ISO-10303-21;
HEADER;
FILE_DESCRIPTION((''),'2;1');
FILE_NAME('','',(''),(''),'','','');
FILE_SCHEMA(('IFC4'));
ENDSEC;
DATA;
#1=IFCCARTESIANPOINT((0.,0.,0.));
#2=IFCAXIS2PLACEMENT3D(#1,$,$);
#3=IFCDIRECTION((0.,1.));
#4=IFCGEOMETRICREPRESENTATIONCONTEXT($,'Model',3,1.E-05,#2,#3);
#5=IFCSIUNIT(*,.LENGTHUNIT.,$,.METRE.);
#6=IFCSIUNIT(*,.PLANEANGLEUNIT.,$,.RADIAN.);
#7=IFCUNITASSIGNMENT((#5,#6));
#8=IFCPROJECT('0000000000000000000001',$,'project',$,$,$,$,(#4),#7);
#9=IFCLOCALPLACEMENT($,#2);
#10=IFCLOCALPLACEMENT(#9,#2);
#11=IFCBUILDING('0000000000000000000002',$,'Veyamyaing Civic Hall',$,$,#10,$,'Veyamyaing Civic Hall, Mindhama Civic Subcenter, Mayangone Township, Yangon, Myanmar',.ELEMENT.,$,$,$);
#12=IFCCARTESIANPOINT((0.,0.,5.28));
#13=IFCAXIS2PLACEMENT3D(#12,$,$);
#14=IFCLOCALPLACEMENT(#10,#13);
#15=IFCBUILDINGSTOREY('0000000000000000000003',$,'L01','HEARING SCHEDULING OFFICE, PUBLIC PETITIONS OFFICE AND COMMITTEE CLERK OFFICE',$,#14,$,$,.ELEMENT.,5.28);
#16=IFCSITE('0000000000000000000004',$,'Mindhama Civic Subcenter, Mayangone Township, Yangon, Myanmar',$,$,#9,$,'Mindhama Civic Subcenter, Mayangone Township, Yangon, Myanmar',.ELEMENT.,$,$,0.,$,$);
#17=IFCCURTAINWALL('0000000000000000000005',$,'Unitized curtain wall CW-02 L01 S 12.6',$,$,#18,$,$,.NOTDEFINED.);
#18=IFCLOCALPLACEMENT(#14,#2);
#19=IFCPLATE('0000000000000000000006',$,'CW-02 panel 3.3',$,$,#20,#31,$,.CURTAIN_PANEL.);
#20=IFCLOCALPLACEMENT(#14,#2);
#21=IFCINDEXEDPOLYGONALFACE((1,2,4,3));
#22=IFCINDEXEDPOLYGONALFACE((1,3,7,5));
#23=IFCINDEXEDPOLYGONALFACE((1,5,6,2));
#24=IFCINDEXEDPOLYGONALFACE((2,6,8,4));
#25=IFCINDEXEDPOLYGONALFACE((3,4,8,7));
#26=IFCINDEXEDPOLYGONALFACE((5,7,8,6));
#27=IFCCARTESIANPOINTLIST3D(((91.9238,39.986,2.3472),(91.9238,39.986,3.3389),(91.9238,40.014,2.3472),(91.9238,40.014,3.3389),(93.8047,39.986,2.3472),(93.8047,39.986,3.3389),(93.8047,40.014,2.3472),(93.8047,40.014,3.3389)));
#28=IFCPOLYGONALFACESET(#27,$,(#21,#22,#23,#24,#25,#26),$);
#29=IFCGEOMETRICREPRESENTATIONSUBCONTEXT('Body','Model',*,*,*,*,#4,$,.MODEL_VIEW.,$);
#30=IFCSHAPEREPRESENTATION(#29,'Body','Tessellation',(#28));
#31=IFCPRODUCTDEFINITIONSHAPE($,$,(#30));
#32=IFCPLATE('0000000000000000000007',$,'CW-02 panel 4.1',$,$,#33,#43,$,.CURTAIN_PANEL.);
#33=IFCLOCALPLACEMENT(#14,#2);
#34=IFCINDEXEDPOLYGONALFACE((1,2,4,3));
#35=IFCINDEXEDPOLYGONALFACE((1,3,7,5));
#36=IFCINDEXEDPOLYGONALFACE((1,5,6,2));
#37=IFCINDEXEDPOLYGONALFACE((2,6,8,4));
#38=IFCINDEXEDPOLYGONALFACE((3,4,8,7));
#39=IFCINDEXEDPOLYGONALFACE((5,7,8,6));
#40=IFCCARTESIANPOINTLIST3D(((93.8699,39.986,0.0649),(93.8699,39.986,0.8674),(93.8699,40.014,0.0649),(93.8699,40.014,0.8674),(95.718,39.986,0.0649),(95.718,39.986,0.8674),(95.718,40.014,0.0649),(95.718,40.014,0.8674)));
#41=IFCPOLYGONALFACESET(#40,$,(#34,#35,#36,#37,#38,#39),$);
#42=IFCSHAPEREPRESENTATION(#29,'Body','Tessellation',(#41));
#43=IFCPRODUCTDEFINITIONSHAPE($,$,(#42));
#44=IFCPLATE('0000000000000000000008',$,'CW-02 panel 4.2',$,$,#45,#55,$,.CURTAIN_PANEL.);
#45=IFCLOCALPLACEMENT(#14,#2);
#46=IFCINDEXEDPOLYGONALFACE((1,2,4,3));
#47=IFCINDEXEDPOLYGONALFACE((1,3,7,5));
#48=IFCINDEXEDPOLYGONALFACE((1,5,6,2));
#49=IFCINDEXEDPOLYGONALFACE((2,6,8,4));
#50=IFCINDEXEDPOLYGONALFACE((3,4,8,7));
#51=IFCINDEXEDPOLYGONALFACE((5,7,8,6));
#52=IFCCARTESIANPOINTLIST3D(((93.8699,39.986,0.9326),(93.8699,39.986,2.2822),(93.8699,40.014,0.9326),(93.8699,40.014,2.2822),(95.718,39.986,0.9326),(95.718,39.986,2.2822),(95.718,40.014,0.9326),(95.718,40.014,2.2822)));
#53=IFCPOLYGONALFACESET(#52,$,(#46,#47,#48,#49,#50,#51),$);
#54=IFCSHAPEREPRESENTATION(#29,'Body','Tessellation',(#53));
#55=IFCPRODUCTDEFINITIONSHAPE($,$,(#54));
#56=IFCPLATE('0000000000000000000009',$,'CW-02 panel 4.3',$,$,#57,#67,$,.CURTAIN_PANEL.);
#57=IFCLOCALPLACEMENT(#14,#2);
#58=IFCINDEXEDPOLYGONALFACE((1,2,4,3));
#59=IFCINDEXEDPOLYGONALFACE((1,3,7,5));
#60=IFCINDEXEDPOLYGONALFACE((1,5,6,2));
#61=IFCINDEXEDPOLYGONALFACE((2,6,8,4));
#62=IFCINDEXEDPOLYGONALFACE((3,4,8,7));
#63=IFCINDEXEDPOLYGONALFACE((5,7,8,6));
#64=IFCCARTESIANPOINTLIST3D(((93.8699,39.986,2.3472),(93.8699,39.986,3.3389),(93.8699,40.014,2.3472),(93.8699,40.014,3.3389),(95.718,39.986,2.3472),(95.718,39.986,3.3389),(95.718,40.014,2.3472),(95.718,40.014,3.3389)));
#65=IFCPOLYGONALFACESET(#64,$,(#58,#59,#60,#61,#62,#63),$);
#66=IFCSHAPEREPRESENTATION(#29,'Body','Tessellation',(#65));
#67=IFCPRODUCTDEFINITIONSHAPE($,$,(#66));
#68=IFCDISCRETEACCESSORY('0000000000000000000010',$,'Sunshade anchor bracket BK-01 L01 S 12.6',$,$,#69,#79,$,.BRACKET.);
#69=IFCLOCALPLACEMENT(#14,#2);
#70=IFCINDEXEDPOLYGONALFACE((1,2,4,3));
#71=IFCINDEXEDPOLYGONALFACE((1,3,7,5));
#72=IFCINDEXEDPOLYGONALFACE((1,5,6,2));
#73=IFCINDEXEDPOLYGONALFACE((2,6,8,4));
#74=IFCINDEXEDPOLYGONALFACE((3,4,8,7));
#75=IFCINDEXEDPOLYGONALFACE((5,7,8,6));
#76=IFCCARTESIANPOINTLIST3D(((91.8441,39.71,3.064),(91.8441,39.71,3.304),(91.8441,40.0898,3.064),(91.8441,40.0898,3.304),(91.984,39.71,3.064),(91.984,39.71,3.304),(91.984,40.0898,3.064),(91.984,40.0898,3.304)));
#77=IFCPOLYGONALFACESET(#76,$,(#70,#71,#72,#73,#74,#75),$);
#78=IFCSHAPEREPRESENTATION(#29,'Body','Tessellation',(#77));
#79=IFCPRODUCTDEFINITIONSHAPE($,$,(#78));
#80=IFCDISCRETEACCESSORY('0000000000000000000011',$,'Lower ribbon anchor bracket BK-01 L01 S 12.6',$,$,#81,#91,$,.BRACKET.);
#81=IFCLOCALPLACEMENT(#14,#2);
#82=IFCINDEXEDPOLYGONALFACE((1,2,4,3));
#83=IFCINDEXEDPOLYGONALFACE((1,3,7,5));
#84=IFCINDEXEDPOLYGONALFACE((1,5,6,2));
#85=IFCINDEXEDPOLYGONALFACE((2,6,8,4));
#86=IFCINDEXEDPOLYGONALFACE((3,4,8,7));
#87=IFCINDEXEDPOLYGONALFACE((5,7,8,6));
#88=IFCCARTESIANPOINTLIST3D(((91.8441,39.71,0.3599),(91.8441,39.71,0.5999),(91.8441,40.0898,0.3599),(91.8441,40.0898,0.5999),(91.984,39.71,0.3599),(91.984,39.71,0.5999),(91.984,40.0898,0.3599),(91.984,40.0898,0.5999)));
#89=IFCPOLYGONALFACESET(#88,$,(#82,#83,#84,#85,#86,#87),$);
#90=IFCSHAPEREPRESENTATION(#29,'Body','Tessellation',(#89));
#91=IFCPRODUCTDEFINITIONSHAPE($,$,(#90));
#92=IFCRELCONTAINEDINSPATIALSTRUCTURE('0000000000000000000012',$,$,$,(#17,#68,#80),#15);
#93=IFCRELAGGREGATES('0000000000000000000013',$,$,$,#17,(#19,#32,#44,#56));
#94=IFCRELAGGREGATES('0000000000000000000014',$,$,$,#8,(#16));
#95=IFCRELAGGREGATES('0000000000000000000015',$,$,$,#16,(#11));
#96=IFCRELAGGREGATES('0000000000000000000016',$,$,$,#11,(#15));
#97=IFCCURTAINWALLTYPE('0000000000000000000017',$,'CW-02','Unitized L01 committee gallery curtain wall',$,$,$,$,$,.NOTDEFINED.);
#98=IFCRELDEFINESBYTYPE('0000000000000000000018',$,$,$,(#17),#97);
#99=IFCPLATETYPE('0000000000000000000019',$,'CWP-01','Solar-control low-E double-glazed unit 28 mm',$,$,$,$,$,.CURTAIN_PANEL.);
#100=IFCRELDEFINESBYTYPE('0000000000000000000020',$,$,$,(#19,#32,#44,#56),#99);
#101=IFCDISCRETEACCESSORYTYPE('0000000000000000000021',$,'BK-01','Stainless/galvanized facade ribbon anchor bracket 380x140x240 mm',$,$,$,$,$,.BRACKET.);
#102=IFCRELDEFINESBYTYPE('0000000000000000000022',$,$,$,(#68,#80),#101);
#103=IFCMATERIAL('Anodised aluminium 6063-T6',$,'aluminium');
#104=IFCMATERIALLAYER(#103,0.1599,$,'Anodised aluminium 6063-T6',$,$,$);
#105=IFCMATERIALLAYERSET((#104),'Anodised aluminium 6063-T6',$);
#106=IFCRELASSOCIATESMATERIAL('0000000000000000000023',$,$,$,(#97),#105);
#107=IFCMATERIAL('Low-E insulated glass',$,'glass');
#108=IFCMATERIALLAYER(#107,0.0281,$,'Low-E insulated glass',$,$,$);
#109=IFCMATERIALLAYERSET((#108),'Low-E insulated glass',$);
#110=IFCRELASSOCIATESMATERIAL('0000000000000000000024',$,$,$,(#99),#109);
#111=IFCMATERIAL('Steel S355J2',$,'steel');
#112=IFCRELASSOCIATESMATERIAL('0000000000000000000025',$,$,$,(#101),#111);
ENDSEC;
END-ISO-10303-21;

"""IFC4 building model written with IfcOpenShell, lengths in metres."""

from ifc_helpers import new_model, si_unit, direction, frame, origin, origin_2d, place, context, subcontext, project, spatial, rectangle, extrude, material, layer, layer_set, type_object, element, aggregate, save


model = new_model("IFC4")

# Units and contexts
model_context = context("Model", 3, precision=1e-05, world=origin(), true_north=direction((0.0, 1.0)))
body_context = subcontext(model_context, "Body", "Model", "MODEL_VIEW")
ifc_project = project(units=[si_unit("LENGTHUNIT", "METRE"), si_unit("PLANEANGLEUNIT", "RADIAN")], contexts=[model_context])

# Site, building, storey
site_placement = place(None, origin())
site = spatial("IfcSite", under=ifc_project, at=site_placement, Name="Mindhama Civic Subcenter, Mayangone Township, Yangon, Myanmar", LongName="Mindhama Civic Subcenter, Mayangone Township, Yangon, Myanmar", CompositionType="ELEMENT", RefElevation=0.0)
building_placement = place(site_placement, origin())
building = spatial("IfcBuilding", under=site, at=building_placement, Name="Veyamyaing Civic Hall", LongName="Veyamyaing Civic Hall, Mindhama Civic Subcenter, Mayangone Township, Yangon, Myanmar", CompositionType="ELEMENT")
storey_placement = place(building_placement, frame((0.0, 0.0, 5.28)))
storey = spatial("IfcBuildingStorey", under=building, at=storey_placement, Name="L01", Description="HEARING SCHEDULING OFFICE, PUBLIC PETITIONS OFFICE AND COMMITTEE CLERK OFFICE", CompositionType="ELEMENT", Elevation=5.28)

# Curtain wall, plates
ifc_material_1 = material(Name="Anodised aluminium 6063-T6", Category="aluminium")
ifc_layer_1 = layer(ifc_material_1, 0.1599, Name="Anodised aluminium 6063-T6")
ifc_layer_set_1 = layer_set([ifc_layer_1], Name="Anodised aluminium 6063-T6")
curtain_wall_type = type_object("IfcCurtainWallType", Name="CW-02", Description="Unitized L01 committee gallery curtain wall", PredefinedType="NOTDEFINED", material=ifc_layer_set_1)
curtain_wall_placement = place(storey_placement, origin())
curtain_wall = element("IfcCurtainWall", 1, at=curtain_wall_placement, inside=storey, type_object=curtain_wall_type, Name="Unitized curtain wall CW-02 L01 S 12.6", PredefinedType="NOTDEFINED")
ifc_material_2 = material(Name="Low-E insulated glass", Category="glass")
ifc_layer_2 = layer(ifc_material_2, 0.0281, Name="Low-E insulated glass")
ifc_layer_set_2 = layer_set([ifc_layer_2], Name="Low-E insulated glass")
plate_type = type_object("IfcPlateType", Name="CWP-01", Description="Solar-control low-E double-glazed unit 28 mm", PredefinedType="CURTAIN_PANEL", material=ifc_layer_set_2)
plate_1_placement = place(storey_placement, frame((92.8643, 40.0, 2.3472), z_axis=(0.0, 0.0, 1.0), x_axis=(1.0, 0.0, 0.0)))
plate_1 = element("IfcPlate", 2, at=plate_1_placement, type_object=plate_type, Name="CW-02 panel 3.3", PredefinedType="CURTAIN_PANEL", context=body_context, shape_type="SweptSolid", body=[
    extrude(rectangle(XDim=1.8809, YDim=0.0281, at=origin_2d()), origin(), (0.0, 0.0, 1.0), 0.9917),
])
plate_2_placement = place(storey_placement, frame((94.7939, 40.0, 0.0649), z_axis=(0.0, 0.0, 1.0), x_axis=(1.0, 0.0, 0.0)))
plate_2 = element("IfcPlate", 3, at=plate_2_placement, type_object=plate_type, Name="CW-02 panel 4.1", PredefinedType="CURTAIN_PANEL", context=body_context, shape_type="SweptSolid", body=[
    extrude(rectangle(XDim=1.8481, YDim=0.0281, at=origin_2d()), origin(), (0.0, 0.0, 1.0), 0.8025),
])
plate_3_placement = place(storey_placement, frame((94.7939, 40.0, 0.9326), z_axis=(0.0, 0.0, 1.0), x_axis=(1.0, 0.0, 0.0)))
plate_3 = element("IfcPlate", 4, at=plate_3_placement, type_object=plate_type, Name="CW-02 panel 4.2", PredefinedType="CURTAIN_PANEL", context=body_context, shape_type="SweptSolid", body=[
    extrude(rectangle(XDim=1.8481, YDim=0.0281, at=origin_2d()), origin(), (0.0, 0.0, 1.0), 1.3496),
])
plate_4_placement = place(storey_placement, frame((94.7939, 40.0, 2.3472), z_axis=(0.0, 0.0, 1.0), x_axis=(1.0, 0.0, 0.0)))
plate_4 = element("IfcPlate", 5, at=plate_4_placement, type_object=plate_type, Name="CW-02 panel 4.3", PredefinedType="CURTAIN_PANEL", context=body_context, shape_type="SweptSolid", body=[
    extrude(rectangle(XDim=1.8481, YDim=0.0281, at=origin_2d()), origin(), (0.0, 0.0, 1.0), 0.9917),
])
aggregate(curtain_wall, [plate_1, plate_2, plate_3, plate_4])

# Discrete accessories
ifc_material_3 = material(Name="Steel S355J2", Category="steel")
discrete_accessory_type = type_object("IfcDiscreteAccessoryType", Name="BK-01", Description="Stainless/galvanized facade ribbon anchor bracket 380x140x240 mm", PredefinedType="BRACKET", material=ifc_material_3)
for number, where, z_axis, x_axis, name in (
    (6, (91.9141, 39.8999, 3.064), (0.0, 0.0, 1.0), (0.0, -1.0, 0.0), "Sunshade anchor bracket BK-01 L01 S 12.6"),
    (7, (91.9141, 39.8999, 0.3599), (0.0, 0.0, 1.0), (0.0, -1.0, 0.0), "Lower ribbon anchor bracket BK-01 L01 S 12.6"),
):
    element("IfcDiscreteAccessory", number, at=place(storey_placement, frame(where, z_axis=z_axis, x_axis=x_axis)), inside=storey, type_object=discrete_accessory_type, Name=name, PredefinedType="BRACKET", context=body_context, shape_type="SweptSolid", body=[
        extrude(rectangle(XDim=0.3799, YDim=0.1399, at=origin_2d()), origin(), (0.0, 0.0, 1.0), 0.24),
    ])

save(model, "model.ifc")
